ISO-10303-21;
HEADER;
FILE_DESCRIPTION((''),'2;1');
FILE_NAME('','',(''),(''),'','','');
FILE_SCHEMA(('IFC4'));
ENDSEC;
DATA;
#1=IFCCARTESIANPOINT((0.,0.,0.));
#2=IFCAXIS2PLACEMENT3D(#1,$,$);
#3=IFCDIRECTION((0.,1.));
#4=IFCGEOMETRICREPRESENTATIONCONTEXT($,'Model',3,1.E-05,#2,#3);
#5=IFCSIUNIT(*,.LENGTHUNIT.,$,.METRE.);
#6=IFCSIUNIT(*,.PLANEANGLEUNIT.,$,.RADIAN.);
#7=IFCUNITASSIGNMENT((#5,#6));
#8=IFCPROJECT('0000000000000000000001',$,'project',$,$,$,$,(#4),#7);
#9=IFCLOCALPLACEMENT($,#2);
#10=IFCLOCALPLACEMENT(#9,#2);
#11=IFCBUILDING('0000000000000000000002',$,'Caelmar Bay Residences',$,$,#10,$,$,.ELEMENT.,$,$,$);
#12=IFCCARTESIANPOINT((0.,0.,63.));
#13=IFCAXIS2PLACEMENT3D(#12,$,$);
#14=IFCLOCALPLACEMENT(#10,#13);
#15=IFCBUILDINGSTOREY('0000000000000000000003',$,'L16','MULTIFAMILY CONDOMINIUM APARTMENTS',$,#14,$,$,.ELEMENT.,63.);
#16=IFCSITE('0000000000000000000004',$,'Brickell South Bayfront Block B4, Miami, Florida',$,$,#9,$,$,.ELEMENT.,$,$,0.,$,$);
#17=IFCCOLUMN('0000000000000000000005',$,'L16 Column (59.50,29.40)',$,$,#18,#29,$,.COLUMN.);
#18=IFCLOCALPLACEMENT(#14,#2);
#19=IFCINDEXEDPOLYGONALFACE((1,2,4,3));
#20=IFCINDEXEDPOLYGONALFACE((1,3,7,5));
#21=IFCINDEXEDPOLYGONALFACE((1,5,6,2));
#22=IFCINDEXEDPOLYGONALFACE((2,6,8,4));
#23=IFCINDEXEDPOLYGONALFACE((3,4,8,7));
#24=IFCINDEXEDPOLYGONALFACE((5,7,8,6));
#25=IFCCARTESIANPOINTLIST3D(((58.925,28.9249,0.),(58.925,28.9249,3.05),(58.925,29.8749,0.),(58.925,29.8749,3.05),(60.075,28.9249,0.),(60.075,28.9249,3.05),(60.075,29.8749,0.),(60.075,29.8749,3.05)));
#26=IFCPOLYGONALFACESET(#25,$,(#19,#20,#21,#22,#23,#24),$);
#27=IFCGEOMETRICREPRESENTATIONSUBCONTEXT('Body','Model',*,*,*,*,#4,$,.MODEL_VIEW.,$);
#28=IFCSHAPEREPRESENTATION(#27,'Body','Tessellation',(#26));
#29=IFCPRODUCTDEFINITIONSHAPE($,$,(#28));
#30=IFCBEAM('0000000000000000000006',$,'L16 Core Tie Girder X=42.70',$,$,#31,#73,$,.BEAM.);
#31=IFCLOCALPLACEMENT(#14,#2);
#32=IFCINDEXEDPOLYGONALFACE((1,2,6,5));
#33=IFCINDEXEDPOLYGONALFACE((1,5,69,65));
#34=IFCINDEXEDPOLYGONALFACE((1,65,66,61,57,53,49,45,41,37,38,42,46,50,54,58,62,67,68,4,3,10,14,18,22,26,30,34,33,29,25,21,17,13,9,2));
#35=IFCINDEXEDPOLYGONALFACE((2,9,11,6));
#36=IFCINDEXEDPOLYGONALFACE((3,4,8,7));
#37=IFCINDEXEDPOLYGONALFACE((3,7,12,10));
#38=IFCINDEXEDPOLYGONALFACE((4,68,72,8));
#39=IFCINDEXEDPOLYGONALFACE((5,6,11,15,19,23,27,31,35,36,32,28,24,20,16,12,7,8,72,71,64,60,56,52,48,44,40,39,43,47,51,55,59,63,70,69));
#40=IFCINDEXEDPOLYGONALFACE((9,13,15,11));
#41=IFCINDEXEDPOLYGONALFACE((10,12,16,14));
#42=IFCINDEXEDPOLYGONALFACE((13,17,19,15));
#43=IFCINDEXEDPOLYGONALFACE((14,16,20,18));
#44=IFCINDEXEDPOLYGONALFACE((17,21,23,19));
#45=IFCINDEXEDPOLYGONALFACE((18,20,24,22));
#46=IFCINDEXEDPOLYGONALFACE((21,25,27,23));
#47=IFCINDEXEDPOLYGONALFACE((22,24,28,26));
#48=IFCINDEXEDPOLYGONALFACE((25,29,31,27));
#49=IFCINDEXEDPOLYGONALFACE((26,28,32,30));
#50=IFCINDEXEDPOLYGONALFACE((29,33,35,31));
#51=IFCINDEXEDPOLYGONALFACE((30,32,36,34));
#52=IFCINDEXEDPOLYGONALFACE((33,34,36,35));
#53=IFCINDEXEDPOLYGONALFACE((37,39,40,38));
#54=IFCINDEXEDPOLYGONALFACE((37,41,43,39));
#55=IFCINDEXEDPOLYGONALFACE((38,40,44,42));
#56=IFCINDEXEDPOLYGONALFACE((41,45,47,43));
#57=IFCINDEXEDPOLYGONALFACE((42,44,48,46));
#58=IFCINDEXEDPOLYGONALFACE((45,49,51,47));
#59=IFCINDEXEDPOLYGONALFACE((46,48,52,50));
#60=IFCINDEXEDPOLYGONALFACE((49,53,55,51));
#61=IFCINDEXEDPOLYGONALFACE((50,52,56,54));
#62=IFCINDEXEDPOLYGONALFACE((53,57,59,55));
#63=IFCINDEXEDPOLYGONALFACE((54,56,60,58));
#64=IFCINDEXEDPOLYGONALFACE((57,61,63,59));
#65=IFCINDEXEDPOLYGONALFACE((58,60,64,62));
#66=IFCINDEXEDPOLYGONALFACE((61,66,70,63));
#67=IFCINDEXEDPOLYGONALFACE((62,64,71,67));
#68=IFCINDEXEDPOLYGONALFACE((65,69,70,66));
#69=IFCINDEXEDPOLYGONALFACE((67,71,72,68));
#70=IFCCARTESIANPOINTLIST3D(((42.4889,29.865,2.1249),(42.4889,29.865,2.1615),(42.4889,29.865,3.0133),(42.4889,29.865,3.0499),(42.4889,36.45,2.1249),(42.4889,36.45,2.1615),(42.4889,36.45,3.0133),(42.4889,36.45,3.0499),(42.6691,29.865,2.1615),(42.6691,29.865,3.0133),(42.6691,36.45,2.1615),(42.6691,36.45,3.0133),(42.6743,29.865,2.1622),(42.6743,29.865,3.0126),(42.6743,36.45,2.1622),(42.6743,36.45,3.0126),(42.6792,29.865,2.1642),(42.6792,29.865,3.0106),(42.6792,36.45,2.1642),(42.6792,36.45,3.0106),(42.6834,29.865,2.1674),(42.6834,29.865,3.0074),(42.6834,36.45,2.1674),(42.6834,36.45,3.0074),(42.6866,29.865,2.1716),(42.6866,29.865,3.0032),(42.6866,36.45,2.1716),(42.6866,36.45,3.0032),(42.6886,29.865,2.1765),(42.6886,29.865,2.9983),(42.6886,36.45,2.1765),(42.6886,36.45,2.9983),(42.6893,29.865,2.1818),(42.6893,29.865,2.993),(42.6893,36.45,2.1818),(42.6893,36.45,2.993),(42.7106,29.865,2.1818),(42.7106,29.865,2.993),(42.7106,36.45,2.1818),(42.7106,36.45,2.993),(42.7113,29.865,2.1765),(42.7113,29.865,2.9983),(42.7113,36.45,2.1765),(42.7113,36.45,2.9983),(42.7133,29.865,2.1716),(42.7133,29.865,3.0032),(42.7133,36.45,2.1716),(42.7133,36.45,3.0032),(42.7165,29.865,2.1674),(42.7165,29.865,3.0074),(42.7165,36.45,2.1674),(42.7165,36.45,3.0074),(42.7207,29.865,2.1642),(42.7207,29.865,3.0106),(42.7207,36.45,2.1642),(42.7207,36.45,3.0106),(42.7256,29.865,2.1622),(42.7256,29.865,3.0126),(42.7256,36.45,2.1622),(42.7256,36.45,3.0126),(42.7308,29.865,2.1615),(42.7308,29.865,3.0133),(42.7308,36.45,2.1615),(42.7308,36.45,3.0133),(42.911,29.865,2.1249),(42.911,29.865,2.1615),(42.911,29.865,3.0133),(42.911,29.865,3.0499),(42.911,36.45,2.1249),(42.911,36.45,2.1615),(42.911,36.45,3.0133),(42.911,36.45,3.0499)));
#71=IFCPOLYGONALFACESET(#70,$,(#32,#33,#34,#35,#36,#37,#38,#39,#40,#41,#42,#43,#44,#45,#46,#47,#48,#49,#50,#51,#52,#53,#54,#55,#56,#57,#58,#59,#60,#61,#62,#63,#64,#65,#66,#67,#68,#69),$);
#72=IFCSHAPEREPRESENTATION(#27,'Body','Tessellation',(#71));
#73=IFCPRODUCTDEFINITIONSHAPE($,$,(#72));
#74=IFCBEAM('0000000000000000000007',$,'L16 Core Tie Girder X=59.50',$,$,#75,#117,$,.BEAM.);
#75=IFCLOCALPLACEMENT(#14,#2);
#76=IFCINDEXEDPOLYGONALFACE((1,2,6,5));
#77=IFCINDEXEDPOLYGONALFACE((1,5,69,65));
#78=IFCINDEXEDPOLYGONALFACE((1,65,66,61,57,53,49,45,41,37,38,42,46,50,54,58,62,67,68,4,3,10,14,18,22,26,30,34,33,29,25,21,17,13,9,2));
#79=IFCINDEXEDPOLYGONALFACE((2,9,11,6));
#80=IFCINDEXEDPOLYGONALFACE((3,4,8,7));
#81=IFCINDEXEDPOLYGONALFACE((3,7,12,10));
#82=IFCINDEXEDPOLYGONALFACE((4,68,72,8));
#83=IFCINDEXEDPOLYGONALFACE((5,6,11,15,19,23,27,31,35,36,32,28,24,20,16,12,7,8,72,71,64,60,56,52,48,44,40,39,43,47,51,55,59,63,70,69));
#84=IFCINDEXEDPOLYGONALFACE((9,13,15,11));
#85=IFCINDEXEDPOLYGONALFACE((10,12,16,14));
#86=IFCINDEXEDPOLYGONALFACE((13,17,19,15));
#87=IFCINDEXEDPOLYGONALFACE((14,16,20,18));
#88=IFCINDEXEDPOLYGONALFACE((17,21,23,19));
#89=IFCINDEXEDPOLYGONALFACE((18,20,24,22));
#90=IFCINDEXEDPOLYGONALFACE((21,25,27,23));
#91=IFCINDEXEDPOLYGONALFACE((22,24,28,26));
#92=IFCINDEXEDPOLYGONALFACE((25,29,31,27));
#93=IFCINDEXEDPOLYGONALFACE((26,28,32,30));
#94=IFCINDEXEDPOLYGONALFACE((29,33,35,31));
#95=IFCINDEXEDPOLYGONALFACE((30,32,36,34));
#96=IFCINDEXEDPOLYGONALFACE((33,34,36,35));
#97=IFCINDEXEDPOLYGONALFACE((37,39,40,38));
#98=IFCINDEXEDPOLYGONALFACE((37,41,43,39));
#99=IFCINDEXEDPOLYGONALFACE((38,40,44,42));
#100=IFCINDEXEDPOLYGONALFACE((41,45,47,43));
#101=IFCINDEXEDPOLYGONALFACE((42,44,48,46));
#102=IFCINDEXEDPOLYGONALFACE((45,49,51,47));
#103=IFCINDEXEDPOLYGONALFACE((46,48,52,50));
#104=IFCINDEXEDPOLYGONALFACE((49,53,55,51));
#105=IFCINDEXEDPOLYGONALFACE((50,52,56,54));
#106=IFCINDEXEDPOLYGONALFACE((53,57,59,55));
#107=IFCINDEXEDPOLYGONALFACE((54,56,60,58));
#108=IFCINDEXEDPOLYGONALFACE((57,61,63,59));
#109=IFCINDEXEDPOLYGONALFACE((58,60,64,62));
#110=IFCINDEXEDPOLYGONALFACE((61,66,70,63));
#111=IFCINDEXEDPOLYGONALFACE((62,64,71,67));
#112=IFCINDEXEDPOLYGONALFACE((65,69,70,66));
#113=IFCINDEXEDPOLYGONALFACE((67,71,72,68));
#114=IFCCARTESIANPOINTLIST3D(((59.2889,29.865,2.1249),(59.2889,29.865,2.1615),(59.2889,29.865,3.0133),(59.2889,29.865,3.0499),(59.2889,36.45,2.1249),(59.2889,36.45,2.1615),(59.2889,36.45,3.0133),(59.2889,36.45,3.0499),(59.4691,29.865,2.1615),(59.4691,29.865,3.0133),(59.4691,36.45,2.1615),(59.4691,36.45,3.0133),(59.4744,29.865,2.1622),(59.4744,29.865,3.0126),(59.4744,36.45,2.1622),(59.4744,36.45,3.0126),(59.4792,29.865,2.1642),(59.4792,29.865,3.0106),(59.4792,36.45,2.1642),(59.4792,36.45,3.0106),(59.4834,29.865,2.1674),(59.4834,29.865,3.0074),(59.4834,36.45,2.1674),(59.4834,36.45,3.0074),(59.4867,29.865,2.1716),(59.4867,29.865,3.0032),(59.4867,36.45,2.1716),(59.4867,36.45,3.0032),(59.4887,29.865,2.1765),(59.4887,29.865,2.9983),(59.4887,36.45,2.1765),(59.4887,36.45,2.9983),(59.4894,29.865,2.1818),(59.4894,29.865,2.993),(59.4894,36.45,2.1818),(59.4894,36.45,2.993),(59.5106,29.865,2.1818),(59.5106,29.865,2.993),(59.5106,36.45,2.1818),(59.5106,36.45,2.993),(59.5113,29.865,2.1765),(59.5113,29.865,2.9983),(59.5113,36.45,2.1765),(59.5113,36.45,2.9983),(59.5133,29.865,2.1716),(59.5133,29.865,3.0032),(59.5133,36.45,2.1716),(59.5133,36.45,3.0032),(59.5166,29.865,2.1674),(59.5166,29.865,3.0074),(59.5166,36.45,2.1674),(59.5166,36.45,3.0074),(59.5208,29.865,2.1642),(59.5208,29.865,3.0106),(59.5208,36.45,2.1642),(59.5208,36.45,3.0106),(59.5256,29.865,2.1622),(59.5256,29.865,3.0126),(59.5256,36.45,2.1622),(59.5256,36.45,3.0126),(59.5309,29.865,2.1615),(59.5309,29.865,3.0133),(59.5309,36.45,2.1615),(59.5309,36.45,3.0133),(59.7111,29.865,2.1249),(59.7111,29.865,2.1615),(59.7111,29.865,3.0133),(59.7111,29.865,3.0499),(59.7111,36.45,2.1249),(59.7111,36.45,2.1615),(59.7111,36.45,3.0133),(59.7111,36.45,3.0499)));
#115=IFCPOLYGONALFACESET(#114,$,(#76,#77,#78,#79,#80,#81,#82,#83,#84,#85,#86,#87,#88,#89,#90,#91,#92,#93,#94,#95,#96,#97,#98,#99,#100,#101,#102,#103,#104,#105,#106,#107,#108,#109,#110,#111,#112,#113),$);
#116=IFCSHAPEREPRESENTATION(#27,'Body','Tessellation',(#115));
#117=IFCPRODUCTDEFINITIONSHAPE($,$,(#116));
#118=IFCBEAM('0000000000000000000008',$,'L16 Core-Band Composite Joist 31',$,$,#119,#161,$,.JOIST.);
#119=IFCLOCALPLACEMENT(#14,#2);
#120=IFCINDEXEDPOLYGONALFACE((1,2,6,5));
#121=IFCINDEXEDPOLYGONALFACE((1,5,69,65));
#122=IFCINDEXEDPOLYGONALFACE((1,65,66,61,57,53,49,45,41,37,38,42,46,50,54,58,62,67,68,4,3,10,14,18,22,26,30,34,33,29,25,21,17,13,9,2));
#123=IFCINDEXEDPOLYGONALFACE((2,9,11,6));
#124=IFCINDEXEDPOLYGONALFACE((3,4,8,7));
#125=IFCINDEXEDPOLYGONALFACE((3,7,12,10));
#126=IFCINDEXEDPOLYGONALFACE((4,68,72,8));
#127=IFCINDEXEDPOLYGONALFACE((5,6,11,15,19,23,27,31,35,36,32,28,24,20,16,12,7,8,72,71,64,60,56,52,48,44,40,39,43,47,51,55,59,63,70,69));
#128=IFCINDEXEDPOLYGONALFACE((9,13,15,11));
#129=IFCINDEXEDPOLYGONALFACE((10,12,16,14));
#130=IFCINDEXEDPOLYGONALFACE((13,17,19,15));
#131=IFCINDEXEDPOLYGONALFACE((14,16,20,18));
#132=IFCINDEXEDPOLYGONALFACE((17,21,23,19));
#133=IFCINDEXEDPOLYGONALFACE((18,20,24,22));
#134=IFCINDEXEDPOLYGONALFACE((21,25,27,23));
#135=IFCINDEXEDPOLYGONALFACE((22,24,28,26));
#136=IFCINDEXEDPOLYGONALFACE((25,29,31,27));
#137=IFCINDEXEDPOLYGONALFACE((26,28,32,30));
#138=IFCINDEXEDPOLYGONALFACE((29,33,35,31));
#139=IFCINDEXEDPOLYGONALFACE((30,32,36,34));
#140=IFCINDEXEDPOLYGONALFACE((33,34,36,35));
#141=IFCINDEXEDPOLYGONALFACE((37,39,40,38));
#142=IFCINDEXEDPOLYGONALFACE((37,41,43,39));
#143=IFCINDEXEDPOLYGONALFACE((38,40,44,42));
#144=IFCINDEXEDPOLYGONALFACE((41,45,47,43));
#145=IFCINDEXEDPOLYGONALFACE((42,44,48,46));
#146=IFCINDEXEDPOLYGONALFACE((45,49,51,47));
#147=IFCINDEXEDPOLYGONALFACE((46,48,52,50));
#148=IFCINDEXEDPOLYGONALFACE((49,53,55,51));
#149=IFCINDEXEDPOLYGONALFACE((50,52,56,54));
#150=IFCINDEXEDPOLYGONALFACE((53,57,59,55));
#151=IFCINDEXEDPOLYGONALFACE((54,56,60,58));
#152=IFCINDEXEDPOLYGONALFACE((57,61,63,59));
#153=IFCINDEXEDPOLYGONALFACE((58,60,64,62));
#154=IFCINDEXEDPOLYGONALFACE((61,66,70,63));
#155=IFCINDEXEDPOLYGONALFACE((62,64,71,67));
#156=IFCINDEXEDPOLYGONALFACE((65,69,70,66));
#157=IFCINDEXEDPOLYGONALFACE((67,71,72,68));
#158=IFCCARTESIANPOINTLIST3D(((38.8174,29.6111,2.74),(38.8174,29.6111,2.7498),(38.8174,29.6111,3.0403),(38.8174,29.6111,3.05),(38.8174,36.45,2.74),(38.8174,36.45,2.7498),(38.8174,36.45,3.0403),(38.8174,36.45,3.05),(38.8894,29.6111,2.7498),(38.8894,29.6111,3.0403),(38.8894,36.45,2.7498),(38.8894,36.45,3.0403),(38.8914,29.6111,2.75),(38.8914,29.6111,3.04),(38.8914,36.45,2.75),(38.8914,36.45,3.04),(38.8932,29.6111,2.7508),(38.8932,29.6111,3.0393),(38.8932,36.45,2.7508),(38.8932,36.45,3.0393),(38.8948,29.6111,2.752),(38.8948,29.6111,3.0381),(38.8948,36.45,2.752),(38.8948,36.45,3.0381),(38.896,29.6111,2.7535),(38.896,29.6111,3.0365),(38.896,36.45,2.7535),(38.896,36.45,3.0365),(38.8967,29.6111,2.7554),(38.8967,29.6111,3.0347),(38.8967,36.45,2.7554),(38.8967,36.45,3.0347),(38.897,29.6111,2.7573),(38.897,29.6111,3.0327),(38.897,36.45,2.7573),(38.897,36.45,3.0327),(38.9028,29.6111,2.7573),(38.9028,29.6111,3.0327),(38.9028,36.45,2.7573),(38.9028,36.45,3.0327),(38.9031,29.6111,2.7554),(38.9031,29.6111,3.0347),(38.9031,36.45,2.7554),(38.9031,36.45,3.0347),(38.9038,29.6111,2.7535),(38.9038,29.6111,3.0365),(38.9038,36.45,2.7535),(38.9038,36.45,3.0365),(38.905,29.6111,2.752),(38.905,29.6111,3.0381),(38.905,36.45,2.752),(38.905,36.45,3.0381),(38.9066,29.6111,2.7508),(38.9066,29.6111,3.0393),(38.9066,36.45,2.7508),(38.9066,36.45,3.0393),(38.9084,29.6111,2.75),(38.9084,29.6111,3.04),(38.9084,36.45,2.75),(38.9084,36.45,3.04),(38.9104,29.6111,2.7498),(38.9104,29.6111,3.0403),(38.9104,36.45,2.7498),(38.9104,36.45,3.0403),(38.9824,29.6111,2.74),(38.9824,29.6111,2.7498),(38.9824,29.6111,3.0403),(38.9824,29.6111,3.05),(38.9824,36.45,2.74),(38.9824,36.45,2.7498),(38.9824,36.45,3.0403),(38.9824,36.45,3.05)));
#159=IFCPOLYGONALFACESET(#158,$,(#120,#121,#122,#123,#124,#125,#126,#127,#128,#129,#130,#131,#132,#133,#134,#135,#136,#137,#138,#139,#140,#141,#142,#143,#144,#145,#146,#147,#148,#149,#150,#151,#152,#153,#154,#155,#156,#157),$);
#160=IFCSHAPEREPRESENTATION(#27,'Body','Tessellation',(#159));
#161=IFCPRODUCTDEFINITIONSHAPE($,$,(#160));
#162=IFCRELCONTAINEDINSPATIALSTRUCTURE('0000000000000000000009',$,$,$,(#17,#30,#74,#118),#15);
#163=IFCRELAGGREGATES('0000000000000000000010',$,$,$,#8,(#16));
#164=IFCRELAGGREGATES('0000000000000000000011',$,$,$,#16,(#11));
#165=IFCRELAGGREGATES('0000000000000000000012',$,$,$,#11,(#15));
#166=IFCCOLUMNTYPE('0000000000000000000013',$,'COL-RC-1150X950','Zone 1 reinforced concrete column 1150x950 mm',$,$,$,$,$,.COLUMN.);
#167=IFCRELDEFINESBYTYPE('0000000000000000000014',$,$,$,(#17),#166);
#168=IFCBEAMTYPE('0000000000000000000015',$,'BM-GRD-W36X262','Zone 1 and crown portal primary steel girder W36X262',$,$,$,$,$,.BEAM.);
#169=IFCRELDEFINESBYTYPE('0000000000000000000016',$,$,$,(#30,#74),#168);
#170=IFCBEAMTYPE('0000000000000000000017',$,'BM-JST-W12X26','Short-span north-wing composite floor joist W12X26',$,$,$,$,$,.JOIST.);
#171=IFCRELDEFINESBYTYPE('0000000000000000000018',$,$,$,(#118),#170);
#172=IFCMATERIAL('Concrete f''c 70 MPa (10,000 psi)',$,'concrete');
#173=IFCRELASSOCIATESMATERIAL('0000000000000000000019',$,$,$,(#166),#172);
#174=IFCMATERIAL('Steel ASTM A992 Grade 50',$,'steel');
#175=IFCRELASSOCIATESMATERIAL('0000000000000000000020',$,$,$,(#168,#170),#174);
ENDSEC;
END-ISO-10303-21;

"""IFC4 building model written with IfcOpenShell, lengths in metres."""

from ifc_helpers import new_model, si_unit, direction, frame, origin, origin_2d, place, context, subcontext, project, spatial, rectangle, i_section, extrude, material, material_profile, profile_set, type_object, element, save


model = new_model("IFC4")

# Units and contexts
model_context = context("Model", 3, precision=1e-05, world=origin(), true_north=direction((0.0, 1.0)))
body_context = subcontext(model_context, "Body", "Model", "MODEL_VIEW")
ifc_project = project(units=[si_unit("LENGTHUNIT", "METRE"), si_unit("PLANEANGLEUNIT", "RADIAN")], contexts=[model_context])

# Site, building, storey
site_placement = place(None, origin())
site = spatial("IfcSite", under=ifc_project, at=site_placement, Name="Brickell South Bayfront Block B4, Miami, Florida", CompositionType="ELEMENT", RefElevation=0.0)
building_placement = place(site_placement, origin())
building = spatial("IfcBuilding", under=site, at=building_placement, Name="Caelmar Bay Residences", CompositionType="ELEMENT")
storey_placement = place(building_placement, frame((0.0, 0.0, 63.0)))
storey = spatial("IfcBuildingStorey", under=building, at=storey_placement, Name="L16", Description="MULTIFAMILY CONDOMINIUM APARTMENTS", CompositionType="ELEMENT", Elevation=63.0)

# Column
ifc_material_1 = material(Name="Concrete f'c 70 MPa (10,000 psi)", Category="concrete")
ifc_material_profile_1 = material_profile(ifc_material_1, rectangle(XDim=1.1499, YDim=0.95, at=origin_2d()), Name="RC-COL-1150X950")
ifc_profile_set_1 = profile_set([ifc_material_profile_1], Name="Concrete f'c 70 MPa (10,000 psi)")
column_type = type_object("IfcColumnType", Name="COL-RC-1150X950", Description="Zone 1 reinforced concrete column 1150x950 mm", PredefinedType="COLUMN", material=ifc_profile_set_1)
column_placement = place(storey_placement, frame((59.5, 29.3999, 0.0), z_axis=(0.0, 0.0, 1.0), x_axis=(1.0, 0.0, 0.0)))
element("IfcColumn", 1, at=column_placement, inside=storey, type_object=column_type, Name="L16 Column (59.50,29.40)", PredefinedType="COLUMN", context=body_context, shape_type="SweptSolid", body=[
    extrude(rectangle(XDim=1.1499, YDim=0.95, at=origin_2d()), origin(), (0.0, 0.0, 1.0), 3.05),
])

# Beams
ifc_material_2 = material(Name="Steel ASTM A992 Grade 50", Category="steel")
ifc_material_profile_2 = material_profile(ifc_material_2, i_section(OverallWidth=0.4221, OverallDepth=0.925, WebThickness=0.0212, FlangeThickness=0.0366, FilletRadius=0.0203, at=origin_2d()), Name="W36X262")
ifc_profile_set_2 = profile_set([ifc_material_profile_2], Name="Steel ASTM A992 Grade 50")
beam_type_1 = type_object("IfcBeamType", Name="BM-GRD-W36X262", Description="Zone 1 and crown portal primary steel girder W36X262", PredefinedType="BEAM", material=ifc_profile_set_2)
for number, where, z_axis, x_axis, name in (
    (2, (42.7, 29.865, 2.5874), (0.0, 1.0, 0.0), (-1.0, 0.0, 0.0), "L16 Core Tie Girder X=42.70"),
    (3, (59.5, 29.865, 2.5874), (0.0, 1.0, 0.0), (-1.0, 0.0, 0.0), "L16 Core Tie Girder X=59.50"),
):
    element("IfcBeam", number, at=place(storey_placement, frame(where, z_axis=z_axis, x_axis=x_axis)), inside=storey, type_object=beam_type_1, Name=name, PredefinedType="BEAM", context=body_context, shape_type="SweptSolid", body=[
        extrude(i_section(OverallWidth=0.4221, OverallDepth=0.925, WebThickness=0.0212, FlangeThickness=0.0366, FilletRadius=0.0203, at=origin_2d()), origin(), (0.0, 0.0, 1.0), 6.585),
    ])
ifc_material_profile_3 = material_profile(ifc_material_2, i_section(OverallWidth=0.165, OverallDepth=0.3101, WebThickness=0.0059, FlangeThickness=0.0098, FilletRadius=0.0076, at=origin_2d()), Name="W12X26")
ifc_profile_set_3 = profile_set([ifc_material_profile_3], Name="Steel ASTM A992 Grade 50")
beam_type_2 = type_object("IfcBeamType", Name="BM-JST-W12X26", Description="Short-span north-wing composite floor joist W12X26", PredefinedType="JOIST", material=ifc_profile_set_3)
for number, where, z_axis, x_axis, name in (
    (4, (38.8999, 29.6111, 2.895), (0.0, 1.0, 0.0), (-1.0, 0.0, 0.0), "L16 Core-Band Composite Joist 31"),
):
    element("IfcBeam", number, at=place(storey_placement, frame(where, z_axis=z_axis, x_axis=x_axis)), inside=storey, type_object=beam_type_2, Name=name, PredefinedType="JOIST", context=body_context, shape_type="SweptSolid", body=[
        extrude(i_section(OverallWidth=0.165, OverallDepth=0.3101, WebThickness=0.0059, FlangeThickness=0.0098, FilletRadius=0.0076, at=origin_2d()), origin(), (0.0, 0.0, 1.0), 6.8389),
    ])

save(model, "model.ifc")
